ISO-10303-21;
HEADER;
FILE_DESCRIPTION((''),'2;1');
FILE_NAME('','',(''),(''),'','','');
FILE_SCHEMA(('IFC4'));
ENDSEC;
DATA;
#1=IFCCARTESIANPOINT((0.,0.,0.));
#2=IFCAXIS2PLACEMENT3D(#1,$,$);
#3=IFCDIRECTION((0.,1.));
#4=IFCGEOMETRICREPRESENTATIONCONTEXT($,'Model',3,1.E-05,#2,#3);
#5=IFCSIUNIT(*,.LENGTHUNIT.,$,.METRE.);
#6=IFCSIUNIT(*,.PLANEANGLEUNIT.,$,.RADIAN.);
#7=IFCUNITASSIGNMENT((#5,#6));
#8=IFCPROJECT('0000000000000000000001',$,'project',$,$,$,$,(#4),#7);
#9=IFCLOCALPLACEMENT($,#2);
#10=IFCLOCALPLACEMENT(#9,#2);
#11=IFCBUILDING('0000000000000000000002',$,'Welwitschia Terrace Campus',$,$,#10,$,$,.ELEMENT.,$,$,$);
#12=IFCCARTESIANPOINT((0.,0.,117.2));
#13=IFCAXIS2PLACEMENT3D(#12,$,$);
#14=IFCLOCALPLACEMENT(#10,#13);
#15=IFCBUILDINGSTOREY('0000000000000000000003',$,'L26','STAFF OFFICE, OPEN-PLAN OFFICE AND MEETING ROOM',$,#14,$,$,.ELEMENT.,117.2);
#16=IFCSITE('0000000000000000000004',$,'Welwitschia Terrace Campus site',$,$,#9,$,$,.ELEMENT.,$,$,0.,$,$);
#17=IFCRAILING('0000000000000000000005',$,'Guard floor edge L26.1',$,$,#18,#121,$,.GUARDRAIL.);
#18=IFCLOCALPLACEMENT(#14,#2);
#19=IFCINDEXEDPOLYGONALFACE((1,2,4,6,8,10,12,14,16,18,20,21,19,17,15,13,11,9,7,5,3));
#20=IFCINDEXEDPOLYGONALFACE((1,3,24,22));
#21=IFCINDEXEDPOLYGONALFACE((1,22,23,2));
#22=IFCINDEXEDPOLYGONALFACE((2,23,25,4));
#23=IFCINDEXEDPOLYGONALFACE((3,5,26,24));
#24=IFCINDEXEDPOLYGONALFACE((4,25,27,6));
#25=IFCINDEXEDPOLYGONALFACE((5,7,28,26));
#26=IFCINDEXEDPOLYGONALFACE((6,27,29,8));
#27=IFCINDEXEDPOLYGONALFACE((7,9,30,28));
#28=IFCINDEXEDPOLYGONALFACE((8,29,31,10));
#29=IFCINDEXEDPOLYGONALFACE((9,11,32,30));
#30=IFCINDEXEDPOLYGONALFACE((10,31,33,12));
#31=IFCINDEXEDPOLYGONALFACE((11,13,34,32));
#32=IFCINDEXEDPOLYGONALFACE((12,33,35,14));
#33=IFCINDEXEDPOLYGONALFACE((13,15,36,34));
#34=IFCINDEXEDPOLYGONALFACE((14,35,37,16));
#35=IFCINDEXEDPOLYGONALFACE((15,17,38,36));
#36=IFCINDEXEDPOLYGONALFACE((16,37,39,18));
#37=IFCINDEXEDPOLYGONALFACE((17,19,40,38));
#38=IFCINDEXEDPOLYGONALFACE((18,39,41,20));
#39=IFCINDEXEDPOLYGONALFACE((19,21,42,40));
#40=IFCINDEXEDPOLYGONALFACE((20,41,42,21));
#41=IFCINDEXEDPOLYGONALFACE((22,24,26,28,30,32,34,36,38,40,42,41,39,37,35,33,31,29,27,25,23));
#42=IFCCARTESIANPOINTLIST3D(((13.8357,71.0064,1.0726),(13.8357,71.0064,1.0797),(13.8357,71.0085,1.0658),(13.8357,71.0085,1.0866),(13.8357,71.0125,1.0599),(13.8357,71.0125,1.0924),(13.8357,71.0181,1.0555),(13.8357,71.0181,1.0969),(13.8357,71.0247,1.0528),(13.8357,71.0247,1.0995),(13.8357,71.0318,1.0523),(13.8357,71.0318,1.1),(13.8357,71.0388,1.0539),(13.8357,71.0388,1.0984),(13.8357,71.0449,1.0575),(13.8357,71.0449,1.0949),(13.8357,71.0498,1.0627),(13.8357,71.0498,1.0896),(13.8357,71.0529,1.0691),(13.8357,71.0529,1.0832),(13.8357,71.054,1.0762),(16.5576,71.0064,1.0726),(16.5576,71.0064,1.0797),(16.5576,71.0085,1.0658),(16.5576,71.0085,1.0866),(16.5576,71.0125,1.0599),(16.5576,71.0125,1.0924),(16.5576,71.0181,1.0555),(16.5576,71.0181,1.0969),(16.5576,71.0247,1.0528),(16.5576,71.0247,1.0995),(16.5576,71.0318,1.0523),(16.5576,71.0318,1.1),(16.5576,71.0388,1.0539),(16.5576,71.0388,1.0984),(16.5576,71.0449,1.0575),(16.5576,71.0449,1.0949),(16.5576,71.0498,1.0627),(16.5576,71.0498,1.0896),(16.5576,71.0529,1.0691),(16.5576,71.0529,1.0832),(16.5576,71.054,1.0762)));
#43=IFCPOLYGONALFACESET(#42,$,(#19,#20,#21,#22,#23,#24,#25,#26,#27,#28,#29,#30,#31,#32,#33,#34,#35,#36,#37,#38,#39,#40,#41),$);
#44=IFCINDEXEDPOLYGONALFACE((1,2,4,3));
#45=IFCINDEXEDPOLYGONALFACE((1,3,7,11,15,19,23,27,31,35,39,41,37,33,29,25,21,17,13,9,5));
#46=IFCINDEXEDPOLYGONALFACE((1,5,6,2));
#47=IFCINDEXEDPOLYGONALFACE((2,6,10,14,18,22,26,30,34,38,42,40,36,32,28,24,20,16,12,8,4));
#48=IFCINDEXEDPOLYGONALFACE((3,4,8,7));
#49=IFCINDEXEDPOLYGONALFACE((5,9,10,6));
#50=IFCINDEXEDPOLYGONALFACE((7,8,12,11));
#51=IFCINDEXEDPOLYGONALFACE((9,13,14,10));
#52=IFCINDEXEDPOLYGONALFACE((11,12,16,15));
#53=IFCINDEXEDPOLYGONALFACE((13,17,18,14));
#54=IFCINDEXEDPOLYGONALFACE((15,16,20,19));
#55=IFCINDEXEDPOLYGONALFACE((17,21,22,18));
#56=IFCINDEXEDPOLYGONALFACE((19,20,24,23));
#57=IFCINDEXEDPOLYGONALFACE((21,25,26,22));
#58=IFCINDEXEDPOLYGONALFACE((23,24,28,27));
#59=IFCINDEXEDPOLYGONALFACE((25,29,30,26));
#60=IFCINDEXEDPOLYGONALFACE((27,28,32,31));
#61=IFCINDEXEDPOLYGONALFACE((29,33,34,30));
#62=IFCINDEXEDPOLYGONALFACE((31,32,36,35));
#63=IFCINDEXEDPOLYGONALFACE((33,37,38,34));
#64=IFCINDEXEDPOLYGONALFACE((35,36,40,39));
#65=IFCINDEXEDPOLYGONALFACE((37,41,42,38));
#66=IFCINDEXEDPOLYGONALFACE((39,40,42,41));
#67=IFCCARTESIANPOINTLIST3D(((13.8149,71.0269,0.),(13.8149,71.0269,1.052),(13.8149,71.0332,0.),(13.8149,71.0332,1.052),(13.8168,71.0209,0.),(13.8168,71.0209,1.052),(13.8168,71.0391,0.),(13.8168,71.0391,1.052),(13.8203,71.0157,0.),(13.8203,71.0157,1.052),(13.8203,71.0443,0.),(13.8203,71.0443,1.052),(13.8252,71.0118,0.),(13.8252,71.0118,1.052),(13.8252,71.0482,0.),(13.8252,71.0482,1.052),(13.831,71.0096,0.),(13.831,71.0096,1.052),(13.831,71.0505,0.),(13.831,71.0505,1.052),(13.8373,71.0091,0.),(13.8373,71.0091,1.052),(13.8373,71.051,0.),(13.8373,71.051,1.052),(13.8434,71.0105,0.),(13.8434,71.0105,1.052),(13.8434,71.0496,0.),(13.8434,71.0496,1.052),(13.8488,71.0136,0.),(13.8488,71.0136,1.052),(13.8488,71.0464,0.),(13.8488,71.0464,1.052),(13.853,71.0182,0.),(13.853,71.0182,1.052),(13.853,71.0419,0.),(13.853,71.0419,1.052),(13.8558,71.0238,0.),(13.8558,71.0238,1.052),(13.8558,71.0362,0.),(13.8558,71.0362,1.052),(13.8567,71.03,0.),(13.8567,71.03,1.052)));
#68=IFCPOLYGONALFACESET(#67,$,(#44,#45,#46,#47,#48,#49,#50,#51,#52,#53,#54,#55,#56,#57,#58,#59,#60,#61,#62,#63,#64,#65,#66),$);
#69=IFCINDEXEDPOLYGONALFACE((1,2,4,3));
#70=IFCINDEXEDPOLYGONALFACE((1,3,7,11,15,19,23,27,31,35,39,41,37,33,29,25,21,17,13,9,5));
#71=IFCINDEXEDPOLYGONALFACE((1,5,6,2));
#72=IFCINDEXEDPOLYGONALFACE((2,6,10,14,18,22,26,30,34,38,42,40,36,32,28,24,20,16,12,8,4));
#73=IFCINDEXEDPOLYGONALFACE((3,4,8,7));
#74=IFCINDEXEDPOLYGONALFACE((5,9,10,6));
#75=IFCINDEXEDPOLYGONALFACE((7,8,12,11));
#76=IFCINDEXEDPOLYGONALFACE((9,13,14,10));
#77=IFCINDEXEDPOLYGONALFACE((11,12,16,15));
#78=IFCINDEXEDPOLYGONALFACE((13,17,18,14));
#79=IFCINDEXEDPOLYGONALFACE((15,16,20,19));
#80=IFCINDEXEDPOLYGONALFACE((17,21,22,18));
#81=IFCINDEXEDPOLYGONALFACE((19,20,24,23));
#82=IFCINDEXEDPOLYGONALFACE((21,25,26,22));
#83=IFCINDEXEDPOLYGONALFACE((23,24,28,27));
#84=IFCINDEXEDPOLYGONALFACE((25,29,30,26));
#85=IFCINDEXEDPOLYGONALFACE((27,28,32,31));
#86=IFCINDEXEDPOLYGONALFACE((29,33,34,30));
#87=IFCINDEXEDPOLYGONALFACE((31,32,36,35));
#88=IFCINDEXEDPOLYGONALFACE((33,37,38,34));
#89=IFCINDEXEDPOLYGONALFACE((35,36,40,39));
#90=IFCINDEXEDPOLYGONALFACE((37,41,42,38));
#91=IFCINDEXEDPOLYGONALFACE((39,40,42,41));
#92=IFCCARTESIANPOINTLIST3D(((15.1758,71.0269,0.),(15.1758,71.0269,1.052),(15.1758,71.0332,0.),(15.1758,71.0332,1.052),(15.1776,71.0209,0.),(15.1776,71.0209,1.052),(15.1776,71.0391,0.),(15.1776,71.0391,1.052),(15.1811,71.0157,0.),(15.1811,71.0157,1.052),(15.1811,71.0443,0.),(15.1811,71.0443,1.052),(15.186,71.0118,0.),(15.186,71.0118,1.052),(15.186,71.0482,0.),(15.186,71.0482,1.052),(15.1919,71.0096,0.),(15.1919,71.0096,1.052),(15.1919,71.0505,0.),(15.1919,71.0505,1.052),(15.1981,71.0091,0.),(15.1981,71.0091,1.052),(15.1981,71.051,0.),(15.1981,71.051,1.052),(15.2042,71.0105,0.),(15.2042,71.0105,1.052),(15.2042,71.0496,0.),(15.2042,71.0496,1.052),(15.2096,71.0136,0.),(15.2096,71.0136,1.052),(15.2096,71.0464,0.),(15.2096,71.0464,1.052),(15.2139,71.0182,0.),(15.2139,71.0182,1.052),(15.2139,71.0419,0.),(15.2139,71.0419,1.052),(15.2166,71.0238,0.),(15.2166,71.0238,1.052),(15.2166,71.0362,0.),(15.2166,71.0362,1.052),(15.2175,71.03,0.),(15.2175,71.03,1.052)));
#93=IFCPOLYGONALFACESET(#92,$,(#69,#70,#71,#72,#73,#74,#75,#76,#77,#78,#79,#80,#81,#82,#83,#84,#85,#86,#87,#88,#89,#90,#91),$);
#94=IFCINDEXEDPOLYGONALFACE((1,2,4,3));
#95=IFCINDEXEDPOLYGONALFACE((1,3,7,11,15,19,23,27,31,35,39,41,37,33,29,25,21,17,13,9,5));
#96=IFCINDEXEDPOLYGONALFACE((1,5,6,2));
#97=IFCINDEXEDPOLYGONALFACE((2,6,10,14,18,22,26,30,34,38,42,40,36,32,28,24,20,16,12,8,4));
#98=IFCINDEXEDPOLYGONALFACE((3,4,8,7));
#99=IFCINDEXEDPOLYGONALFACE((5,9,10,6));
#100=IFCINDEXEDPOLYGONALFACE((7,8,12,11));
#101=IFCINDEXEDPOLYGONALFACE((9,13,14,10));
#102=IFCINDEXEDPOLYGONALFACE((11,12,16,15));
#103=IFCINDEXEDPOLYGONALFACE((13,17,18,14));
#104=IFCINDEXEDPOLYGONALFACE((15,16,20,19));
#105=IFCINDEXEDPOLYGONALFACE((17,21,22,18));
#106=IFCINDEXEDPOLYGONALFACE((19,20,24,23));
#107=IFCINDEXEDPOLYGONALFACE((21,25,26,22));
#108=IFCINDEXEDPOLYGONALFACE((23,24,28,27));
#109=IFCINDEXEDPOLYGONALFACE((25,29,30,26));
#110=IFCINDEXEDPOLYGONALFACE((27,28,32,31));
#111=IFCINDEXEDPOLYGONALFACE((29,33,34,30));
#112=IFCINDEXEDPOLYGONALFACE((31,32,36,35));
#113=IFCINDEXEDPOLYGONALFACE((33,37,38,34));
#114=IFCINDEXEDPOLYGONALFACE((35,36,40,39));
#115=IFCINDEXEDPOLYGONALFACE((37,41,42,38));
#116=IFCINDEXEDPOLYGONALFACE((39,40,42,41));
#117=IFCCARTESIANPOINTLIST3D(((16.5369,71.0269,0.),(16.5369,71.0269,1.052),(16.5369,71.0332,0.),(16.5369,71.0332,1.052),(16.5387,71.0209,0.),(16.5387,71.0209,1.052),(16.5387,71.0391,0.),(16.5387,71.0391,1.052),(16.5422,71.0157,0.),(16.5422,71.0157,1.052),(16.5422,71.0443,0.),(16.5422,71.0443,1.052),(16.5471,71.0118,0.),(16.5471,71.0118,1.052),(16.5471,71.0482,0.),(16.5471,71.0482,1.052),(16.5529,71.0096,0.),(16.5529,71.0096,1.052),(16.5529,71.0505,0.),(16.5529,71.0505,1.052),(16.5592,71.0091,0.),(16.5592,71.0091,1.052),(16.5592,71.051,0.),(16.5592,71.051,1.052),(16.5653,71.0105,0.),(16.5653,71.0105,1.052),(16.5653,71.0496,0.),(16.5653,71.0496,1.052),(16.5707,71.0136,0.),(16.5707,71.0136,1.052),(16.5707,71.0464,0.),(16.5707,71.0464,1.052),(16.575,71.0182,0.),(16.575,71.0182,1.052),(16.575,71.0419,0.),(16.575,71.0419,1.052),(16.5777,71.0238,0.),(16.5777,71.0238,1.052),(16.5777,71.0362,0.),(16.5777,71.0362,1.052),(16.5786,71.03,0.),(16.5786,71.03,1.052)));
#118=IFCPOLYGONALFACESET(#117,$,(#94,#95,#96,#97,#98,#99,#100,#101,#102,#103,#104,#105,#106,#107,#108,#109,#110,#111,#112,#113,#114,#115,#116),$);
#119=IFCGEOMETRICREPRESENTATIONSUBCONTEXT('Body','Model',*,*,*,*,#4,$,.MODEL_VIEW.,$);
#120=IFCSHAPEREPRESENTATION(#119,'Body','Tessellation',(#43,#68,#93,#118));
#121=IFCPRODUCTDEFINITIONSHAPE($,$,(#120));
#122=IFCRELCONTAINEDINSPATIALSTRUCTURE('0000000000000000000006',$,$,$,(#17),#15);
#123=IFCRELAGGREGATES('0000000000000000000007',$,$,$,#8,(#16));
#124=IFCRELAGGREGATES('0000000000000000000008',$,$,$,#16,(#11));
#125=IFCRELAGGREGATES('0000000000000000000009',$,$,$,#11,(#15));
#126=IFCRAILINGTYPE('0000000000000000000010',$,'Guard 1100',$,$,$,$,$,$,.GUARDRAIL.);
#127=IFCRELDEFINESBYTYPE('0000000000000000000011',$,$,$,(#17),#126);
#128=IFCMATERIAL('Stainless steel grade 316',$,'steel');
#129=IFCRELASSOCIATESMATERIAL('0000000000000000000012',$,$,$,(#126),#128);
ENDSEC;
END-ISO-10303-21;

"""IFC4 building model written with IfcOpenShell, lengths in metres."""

from ifc_helpers import new_model, si_unit, direction, frame, origin, origin_2d, place, context, subcontext, project, spatial, circle, extrude, material, type_object, element, save


model = new_model("IFC4")

# Units and contexts
model_context = context("Model", 3, precision=1e-05, world=origin(), true_north=direction((0.0, 1.0)))
body_context = subcontext(model_context, "Body", "Model", "MODEL_VIEW")
ifc_project = project(units=[si_unit("LENGTHUNIT", "METRE"), si_unit("PLANEANGLEUNIT", "RADIAN")], contexts=[model_context])

# Site, building, storey
site_placement = place(None, origin())
site = spatial("IfcSite", under=ifc_project, at=site_placement, Name="Welwitschia Terrace Campus site", CompositionType="ELEMENT", RefElevation=0.0)
building_placement = place(site_placement, origin())
building = spatial("IfcBuilding", under=site, at=building_placement, Name="Welwitschia Terrace Campus", CompositionType="ELEMENT")
storey_placement = place(building_placement, frame((0.0, 0.0, 117.2)))
storey = spatial("IfcBuildingStorey", under=building, at=storey_placement, Name="L26", Description="STAFF OFFICE, OPEN-PLAN OFFICE AND MEETING ROOM", CompositionType="ELEMENT", Elevation=117.2)

# Railing
ifc_material_1 = material(Name="Stainless steel grade 316", Category="steel")
railing_type = type_object("IfcRailingType", Name="Guard 1100", PredefinedType="GUARDRAIL", material=ifc_material_1)
railing_1_placement = place(storey_placement, frame((13.8357, 71.03, 0.0)))
element("IfcRailing", 1, at=railing_1_placement, inside=storey, type_object=railing_type, Name="Guard floor edge L26.1", PredefinedType="GUARDRAIL", context=body_context, shape_type="SweptSolid", body=[
    extrude(circle(Radius=0.0239, at=origin_2d()), frame((0.0, 0.0, 1.0762), z_axis=(1.0, 0.0, 0.0), x_axis=(0.0, 1.0, 0.0)), (0.0, 0.0, 1.0), 2.7219),
    extrude(circle(Radius=0.021, at=origin_2d()), origin(), (0.0, 0.0, 1.0), 1.052),
    extrude(circle(Radius=0.021, at=origin_2d()), frame((1.3608, 0.0, 0.0)), (0.0, 0.0, 1.0), 1.052),
    extrude(circle(Radius=0.021, at=origin_2d()), frame((2.7219, 0.0, 0.0)), (0.0, 0.0, 1.0), 1.052),
])

save(model, "model.ifc")
